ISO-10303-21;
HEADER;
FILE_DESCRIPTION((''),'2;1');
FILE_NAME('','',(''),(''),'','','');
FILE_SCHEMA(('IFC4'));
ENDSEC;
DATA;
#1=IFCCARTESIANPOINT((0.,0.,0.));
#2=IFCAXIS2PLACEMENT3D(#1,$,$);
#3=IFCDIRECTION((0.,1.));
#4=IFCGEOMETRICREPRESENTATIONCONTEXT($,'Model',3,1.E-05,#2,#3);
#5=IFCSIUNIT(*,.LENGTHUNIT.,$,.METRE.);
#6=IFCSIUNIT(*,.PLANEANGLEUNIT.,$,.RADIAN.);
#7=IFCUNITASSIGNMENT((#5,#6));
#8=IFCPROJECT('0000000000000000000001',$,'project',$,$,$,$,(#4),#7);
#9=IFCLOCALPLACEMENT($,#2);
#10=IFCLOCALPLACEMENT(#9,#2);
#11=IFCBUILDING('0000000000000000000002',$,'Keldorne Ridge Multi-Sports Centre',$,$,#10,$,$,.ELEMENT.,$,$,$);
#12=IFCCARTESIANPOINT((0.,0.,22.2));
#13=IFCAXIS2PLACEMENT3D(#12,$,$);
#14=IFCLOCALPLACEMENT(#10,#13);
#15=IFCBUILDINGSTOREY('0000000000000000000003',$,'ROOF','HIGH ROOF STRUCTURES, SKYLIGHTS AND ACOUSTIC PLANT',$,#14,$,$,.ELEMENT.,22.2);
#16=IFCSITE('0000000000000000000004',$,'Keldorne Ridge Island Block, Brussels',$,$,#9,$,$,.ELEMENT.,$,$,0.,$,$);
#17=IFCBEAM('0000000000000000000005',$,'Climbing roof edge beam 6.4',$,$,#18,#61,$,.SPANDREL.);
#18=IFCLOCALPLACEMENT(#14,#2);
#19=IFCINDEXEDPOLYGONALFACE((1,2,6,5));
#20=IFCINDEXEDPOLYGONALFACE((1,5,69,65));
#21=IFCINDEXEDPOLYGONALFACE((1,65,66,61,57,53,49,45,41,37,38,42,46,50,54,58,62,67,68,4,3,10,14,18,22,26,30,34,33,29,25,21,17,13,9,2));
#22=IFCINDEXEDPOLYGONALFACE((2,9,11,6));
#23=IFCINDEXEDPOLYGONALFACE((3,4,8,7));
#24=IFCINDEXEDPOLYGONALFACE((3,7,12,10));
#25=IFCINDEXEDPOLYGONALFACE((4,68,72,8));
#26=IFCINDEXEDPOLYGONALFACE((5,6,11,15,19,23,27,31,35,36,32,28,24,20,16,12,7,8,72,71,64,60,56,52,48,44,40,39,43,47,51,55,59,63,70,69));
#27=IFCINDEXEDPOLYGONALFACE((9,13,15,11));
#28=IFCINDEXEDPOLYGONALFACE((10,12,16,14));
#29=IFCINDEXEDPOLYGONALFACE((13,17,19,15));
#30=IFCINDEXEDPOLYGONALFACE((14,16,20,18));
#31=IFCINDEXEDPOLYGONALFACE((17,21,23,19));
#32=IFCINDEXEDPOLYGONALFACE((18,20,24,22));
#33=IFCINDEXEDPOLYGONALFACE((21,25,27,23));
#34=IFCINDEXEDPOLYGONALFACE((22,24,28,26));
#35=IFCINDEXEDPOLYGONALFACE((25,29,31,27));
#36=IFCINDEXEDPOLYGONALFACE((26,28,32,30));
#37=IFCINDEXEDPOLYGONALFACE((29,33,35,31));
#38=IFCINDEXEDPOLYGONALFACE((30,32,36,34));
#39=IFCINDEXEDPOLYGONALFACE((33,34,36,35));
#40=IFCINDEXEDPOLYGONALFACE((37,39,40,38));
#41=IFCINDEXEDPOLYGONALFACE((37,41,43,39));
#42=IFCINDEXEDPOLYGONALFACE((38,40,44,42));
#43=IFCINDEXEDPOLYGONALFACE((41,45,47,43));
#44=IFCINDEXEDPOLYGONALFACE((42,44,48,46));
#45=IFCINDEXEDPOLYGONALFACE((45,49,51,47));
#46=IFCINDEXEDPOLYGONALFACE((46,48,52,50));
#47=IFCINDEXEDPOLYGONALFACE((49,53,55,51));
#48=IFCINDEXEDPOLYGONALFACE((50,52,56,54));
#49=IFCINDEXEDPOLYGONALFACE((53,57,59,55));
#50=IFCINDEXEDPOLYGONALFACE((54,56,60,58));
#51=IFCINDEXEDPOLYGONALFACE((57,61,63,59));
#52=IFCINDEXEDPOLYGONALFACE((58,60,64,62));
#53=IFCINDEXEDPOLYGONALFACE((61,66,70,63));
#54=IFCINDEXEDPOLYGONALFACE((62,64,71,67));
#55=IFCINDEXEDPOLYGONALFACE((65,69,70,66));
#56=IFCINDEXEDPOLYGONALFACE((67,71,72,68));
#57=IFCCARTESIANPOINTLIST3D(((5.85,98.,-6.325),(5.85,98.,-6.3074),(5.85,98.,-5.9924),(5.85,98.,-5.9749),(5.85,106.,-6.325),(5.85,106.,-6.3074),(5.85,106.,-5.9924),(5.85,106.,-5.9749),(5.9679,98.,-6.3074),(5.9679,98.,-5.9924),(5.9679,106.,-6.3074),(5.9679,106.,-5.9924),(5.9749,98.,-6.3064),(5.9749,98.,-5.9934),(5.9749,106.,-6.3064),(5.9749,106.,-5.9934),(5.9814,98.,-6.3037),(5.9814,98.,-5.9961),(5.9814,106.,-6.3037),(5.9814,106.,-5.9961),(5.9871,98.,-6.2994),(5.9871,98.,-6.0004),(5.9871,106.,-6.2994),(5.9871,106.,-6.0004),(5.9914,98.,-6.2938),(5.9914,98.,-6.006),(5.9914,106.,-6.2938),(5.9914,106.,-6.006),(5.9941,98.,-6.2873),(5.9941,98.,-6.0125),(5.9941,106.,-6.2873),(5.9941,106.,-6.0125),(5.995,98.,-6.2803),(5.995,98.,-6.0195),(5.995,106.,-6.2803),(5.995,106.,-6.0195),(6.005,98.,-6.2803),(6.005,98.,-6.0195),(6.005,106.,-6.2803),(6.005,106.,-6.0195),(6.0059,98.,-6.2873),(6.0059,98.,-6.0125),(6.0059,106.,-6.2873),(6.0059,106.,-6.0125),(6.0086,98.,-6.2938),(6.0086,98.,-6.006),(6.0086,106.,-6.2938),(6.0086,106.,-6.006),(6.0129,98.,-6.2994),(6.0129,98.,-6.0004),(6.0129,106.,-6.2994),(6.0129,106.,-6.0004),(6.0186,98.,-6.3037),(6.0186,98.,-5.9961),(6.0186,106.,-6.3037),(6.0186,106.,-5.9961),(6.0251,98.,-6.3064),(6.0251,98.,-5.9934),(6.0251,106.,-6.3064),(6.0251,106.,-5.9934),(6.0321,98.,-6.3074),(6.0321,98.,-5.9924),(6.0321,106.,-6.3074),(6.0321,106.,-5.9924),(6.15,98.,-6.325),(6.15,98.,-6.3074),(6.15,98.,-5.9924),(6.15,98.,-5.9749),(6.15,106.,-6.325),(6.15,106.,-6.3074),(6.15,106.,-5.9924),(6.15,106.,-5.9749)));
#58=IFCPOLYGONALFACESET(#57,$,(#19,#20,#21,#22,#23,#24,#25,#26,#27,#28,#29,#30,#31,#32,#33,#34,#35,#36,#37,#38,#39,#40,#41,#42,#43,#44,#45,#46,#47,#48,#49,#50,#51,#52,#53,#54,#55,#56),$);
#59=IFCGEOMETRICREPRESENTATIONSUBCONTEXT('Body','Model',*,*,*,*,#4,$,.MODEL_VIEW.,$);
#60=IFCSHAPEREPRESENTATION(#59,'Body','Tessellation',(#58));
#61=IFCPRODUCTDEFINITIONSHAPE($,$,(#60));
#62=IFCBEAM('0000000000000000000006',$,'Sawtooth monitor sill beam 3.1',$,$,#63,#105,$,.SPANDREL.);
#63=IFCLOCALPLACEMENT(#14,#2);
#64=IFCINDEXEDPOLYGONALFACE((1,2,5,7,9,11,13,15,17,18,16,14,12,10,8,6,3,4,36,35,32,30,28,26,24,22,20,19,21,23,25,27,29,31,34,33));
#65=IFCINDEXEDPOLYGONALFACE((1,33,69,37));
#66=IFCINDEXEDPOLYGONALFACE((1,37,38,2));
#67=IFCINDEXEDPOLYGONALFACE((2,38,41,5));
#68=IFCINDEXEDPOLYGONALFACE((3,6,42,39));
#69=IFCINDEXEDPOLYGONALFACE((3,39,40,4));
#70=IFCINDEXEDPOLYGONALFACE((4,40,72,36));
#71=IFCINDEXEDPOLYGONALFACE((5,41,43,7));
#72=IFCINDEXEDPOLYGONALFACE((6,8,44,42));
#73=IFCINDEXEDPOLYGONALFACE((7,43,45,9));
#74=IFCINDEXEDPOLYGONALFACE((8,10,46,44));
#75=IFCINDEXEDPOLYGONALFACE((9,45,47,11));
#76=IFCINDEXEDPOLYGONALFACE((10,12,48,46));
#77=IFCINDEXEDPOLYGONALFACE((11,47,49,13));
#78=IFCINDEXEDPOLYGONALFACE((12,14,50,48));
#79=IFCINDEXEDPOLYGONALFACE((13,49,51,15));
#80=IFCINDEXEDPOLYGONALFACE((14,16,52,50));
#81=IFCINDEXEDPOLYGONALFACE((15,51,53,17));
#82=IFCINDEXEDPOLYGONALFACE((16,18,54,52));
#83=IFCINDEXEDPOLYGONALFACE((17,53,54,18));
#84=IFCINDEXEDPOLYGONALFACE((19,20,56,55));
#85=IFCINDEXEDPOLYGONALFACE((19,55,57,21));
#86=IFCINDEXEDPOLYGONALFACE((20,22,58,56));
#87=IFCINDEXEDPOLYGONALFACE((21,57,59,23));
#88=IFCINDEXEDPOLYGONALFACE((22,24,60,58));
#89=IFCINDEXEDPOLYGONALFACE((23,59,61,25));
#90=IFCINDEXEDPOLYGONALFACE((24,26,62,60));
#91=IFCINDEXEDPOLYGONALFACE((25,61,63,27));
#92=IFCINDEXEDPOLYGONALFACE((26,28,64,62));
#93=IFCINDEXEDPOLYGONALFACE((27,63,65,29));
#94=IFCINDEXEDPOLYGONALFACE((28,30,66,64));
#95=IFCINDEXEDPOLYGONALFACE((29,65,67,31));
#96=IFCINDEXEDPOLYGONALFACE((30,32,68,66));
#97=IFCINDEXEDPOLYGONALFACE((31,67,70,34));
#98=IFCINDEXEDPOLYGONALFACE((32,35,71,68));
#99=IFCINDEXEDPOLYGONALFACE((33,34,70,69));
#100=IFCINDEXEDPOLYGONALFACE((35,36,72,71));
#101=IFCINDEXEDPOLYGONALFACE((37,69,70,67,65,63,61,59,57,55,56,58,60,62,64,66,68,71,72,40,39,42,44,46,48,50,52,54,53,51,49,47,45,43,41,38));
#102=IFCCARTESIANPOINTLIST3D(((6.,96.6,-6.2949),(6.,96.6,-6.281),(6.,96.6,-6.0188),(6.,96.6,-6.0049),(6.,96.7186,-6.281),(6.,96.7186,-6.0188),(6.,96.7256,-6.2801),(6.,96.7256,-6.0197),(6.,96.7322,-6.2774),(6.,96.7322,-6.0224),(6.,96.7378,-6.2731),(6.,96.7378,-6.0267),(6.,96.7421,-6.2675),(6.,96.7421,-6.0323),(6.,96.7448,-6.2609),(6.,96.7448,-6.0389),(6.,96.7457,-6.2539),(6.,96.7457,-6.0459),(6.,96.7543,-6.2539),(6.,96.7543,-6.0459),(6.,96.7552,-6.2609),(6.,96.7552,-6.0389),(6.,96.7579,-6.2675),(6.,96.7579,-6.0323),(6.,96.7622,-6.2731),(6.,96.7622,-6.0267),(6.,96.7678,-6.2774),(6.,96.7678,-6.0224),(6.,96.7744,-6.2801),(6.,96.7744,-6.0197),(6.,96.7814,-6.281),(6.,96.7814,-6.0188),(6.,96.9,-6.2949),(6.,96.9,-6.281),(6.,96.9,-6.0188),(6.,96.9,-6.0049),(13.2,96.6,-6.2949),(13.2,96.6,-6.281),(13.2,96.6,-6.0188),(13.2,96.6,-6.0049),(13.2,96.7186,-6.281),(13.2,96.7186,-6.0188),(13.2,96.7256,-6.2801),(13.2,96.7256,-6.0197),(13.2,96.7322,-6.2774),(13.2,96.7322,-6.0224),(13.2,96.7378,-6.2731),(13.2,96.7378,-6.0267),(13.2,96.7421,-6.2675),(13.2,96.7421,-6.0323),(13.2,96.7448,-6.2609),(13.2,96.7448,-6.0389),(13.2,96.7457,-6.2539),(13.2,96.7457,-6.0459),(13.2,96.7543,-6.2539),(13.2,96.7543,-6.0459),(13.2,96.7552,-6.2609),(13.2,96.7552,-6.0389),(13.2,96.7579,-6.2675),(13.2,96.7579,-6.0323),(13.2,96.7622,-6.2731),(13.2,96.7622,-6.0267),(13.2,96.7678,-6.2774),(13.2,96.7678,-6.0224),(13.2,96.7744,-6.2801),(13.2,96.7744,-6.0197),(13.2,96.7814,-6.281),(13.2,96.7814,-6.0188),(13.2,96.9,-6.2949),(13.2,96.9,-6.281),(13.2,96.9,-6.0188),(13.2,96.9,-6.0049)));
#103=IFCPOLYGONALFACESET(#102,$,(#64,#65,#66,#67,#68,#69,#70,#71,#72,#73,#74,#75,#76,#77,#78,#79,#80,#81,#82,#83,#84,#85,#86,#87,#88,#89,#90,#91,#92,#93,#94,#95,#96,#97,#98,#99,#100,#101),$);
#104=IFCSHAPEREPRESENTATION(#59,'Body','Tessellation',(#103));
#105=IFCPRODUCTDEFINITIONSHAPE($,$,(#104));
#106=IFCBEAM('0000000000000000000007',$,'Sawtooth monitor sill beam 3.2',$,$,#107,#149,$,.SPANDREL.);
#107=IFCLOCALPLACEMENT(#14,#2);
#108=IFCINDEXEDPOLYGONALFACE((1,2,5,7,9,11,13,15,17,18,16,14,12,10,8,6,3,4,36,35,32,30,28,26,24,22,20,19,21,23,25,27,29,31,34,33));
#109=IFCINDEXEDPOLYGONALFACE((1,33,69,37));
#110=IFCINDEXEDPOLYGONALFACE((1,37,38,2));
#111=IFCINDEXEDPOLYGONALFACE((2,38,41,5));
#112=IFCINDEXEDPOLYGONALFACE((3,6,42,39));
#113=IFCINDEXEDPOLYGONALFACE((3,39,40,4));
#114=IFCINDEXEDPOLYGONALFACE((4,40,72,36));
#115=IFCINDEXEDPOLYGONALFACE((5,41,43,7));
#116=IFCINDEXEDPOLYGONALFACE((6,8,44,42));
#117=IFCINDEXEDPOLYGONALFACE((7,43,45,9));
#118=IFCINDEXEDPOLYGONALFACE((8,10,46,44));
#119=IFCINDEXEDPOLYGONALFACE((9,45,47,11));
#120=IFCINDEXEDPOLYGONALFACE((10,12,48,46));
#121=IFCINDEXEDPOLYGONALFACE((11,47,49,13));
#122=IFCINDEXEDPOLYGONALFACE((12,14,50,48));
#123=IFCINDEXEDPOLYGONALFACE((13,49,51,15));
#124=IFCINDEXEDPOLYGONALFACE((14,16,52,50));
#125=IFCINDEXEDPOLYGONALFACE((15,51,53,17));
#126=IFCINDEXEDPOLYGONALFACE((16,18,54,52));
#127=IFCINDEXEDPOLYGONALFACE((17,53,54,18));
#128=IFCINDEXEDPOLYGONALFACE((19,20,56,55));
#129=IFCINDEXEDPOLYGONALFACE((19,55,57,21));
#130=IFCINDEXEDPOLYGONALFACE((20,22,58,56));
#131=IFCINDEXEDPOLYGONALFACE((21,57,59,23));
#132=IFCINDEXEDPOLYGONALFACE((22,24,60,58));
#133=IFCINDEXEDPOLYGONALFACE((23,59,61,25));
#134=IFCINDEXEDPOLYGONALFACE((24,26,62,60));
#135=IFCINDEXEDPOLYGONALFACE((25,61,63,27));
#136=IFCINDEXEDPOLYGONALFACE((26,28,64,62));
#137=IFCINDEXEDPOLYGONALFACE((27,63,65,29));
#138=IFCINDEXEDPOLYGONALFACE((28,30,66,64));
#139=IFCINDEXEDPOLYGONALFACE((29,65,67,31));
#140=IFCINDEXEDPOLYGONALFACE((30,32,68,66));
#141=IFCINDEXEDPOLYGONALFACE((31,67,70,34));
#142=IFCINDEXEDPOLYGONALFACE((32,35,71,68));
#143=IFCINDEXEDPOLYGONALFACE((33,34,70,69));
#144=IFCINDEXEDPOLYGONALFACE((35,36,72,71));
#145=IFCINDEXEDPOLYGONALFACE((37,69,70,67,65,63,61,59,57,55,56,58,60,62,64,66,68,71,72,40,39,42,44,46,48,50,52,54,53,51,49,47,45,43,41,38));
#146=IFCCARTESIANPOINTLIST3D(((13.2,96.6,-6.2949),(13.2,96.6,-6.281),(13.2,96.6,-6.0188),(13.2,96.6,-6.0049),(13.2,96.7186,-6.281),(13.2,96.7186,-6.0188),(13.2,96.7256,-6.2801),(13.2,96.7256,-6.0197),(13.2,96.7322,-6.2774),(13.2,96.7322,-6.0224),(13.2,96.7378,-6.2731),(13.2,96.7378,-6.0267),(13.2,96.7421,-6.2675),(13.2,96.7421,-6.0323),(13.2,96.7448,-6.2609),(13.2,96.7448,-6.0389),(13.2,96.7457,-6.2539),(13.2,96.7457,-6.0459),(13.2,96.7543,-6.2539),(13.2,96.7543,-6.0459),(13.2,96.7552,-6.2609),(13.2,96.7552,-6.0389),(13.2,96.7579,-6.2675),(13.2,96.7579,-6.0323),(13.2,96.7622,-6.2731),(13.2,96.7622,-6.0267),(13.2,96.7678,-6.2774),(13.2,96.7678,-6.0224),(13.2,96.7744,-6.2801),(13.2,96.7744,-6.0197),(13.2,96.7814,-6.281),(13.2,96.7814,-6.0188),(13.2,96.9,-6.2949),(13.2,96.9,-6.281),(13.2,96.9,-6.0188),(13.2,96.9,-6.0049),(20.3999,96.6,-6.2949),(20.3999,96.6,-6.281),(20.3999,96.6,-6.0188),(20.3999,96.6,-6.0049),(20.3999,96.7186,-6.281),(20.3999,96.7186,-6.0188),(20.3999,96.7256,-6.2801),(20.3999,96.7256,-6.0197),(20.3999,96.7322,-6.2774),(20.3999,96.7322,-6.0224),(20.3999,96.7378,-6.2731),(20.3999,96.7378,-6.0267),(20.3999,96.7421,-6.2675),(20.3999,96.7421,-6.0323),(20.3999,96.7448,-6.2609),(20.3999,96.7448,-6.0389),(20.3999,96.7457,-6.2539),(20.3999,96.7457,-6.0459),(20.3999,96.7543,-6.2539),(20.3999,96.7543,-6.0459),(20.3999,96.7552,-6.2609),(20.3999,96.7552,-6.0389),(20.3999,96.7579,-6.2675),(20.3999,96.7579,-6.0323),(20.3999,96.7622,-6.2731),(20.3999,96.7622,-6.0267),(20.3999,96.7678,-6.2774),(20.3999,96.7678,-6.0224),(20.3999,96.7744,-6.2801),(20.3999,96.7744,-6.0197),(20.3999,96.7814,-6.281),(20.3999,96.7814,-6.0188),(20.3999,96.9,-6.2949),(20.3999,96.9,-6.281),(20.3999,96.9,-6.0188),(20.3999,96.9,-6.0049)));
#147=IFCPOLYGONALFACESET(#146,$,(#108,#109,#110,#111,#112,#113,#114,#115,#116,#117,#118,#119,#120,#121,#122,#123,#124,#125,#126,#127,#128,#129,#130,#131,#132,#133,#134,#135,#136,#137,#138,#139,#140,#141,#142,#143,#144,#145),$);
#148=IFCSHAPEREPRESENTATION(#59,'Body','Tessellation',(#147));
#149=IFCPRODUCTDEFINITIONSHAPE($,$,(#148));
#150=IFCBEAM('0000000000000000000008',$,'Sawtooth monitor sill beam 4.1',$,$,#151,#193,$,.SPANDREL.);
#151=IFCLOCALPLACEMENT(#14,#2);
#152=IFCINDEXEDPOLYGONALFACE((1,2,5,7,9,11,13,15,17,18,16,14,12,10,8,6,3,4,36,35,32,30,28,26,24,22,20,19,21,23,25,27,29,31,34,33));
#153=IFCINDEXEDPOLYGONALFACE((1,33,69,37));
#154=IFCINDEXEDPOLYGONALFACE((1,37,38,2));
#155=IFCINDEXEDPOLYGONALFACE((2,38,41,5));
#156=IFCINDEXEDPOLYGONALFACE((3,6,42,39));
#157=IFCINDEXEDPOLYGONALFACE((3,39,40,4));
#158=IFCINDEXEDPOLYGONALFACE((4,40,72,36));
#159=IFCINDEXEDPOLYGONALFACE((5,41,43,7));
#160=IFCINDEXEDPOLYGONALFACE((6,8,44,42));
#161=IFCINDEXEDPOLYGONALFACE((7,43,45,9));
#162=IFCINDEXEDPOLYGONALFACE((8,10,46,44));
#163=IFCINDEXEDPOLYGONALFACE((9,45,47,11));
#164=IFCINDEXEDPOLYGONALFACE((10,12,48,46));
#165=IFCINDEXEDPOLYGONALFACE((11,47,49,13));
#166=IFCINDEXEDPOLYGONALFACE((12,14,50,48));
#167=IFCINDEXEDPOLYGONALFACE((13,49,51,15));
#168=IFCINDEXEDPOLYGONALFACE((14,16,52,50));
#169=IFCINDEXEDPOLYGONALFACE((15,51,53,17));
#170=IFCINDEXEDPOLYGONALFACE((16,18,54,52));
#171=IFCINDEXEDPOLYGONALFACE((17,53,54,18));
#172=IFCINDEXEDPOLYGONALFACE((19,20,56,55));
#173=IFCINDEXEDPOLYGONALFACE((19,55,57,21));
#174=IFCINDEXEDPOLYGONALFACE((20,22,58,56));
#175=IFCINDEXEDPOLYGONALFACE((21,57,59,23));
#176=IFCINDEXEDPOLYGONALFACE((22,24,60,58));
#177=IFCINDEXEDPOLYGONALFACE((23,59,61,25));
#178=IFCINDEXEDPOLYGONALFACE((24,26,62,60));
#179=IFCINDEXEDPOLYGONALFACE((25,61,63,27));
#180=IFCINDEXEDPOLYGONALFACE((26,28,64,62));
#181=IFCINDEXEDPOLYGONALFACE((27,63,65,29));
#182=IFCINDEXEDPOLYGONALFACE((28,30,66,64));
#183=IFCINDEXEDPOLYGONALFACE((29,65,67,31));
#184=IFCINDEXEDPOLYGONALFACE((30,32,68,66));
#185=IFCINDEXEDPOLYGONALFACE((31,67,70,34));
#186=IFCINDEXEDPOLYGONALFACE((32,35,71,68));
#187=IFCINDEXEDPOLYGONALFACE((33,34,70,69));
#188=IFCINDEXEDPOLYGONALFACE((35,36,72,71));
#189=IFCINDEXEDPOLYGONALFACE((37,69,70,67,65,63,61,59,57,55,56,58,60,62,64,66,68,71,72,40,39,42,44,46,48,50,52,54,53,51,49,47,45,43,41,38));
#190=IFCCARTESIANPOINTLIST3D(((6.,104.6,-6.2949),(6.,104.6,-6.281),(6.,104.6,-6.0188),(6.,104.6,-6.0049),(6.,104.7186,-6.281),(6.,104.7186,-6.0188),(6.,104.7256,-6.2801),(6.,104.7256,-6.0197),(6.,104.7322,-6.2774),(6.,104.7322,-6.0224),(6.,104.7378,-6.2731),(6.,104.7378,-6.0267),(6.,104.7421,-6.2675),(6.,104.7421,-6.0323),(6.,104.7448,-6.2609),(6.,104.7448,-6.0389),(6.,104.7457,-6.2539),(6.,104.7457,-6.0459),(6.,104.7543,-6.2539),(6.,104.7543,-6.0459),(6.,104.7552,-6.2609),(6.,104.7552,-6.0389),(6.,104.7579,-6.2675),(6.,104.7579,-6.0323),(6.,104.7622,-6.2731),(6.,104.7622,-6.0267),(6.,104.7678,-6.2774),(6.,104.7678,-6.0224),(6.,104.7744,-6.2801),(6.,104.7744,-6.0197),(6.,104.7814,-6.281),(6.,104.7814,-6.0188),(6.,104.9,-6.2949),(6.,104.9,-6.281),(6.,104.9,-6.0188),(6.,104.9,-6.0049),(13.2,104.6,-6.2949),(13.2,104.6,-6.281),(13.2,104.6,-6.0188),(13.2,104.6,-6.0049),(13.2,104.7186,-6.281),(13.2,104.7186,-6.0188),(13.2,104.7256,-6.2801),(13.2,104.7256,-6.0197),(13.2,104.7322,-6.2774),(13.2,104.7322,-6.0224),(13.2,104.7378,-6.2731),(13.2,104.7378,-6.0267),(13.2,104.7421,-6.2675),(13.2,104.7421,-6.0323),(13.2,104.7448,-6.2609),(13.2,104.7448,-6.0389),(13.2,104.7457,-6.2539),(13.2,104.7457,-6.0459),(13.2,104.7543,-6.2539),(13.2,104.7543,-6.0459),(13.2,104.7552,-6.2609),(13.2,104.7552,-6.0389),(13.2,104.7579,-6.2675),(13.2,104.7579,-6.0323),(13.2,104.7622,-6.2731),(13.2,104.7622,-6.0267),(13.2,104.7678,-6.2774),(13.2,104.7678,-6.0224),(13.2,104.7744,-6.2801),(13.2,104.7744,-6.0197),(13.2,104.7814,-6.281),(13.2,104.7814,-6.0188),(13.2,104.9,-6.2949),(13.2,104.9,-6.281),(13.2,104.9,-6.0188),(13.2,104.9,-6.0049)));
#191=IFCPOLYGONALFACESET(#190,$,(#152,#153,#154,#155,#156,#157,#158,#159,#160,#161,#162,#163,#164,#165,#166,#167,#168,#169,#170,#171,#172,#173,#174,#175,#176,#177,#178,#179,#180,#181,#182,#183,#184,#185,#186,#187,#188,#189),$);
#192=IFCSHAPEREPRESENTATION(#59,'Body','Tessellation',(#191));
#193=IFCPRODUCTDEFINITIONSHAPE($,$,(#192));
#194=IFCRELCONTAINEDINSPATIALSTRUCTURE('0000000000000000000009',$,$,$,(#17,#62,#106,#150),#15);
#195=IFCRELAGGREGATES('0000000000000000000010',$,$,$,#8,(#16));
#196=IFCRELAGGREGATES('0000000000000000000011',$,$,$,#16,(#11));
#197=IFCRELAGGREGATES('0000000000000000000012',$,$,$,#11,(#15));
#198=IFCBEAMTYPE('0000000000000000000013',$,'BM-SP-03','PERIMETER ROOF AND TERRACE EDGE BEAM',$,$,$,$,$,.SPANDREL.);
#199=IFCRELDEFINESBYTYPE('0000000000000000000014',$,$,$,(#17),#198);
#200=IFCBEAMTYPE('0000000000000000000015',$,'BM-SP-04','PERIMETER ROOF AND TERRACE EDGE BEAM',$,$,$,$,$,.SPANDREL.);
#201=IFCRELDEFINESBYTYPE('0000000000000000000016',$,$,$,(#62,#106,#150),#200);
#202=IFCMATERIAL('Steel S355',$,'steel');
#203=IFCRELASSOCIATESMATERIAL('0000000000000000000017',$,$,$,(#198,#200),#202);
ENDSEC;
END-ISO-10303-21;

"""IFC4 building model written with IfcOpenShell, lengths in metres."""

from ifc_helpers import new_model, si_unit, direction, frame, origin, origin_2d, place, context, subcontext, project, spatial, i_section, extrude, material, material_profile, profile_set, type_object, element, save


model = new_model("IFC4")

# Units and contexts
model_context = context("Model", 3, precision=1e-05, world=origin(), true_north=direction((0.0, 1.0)))
body_context = subcontext(model_context, "Body", "Model", "MODEL_VIEW")
ifc_project = project(units=[si_unit("LENGTHUNIT", "METRE"), si_unit("PLANEANGLEUNIT", "RADIAN")], contexts=[model_context])

# Site, building, storey
site_placement = place(None, origin())
site = spatial("IfcSite", under=ifc_project, at=site_placement, Name="Keldorne Ridge Island Block, Brussels", CompositionType="ELEMENT", RefElevation=0.0)
building_placement = place(site_placement, origin())
building = spatial("IfcBuilding", under=site, at=building_placement, Name="Keldorne Ridge Multi-Sports Centre", CompositionType="ELEMENT")
storey_placement = place(building_placement, frame((0.0, 0.0, 22.2)))
storey = spatial("IfcBuildingStorey", under=building, at=storey_placement, Name="ROOF", Description="HIGH ROOF STRUCTURES, SKYLIGHTS AND ACOUSTIC PLANT", CompositionType="ELEMENT", Elevation=22.2)

# Beams
ifc_material_1 = material(Name="Steel S355", Category="steel")
ifc_material_profile_1 = material_profile(ifc_material_1, i_section(OverallWidth=0.3, OverallDepth=0.3501, WebThickness=0.01, FlangeThickness=0.0176, FilletRadius=0.0271, at=origin_2d()), Name="HEA 360")
ifc_profile_set_1 = profile_set([ifc_material_profile_1], Name="Steel S355")
beam_type_1 = type_object("IfcBeamType", Name="BM-SP-03", Description="PERIMETER ROOF AND TERRACE EDGE BEAM", PredefinedType="SPANDREL", material=ifc_profile_set_1)
beam_placement = place(storey_placement, frame((6.0, 98.0, -6.1499), z_axis=(0.0, 1.0, 0.0), x_axis=(-1.0, 0.0, 0.0)))
element("IfcBeam", 1, at=beam_placement, inside=storey, type_object=beam_type_1, Name="Climbing roof edge beam 6.4", PredefinedType="SPANDREL", context=body_context, shape_type="SweptSolid", body=[
    extrude(i_section(OverallWidth=0.3, OverallDepth=0.3501, WebThickness=0.01, FlangeThickness=0.0176, FilletRadius=0.0271, at=origin_2d()), origin(), (0.0, 0.0, 1.0), 8.0),
])
ifc_material_profile_2 = material_profile(ifc_material_1, i_section(OverallWidth=0.3, OverallDepth=0.29, WebThickness=0.0085, FlangeThickness=0.0139, FilletRadius=0.0271, at=origin_2d()), Name="HEA 300")
ifc_profile_set_2 = profile_set([ifc_material_profile_2], Name="Steel S355")
beam_type_2 = type_object("IfcBeamType", Name="BM-SP-04", Description="PERIMETER ROOF AND TERRACE EDGE BEAM", PredefinedType="SPANDREL", material=ifc_profile_set_2)
for number, where, z_axis, x_axis, name in (
    (2, (6.0, 96.75, -6.1499), (1.0, 0.0, 0.0), (0.0, 1.0, 0.0), "Sawtooth monitor sill beam 3.1"),
    (3, (13.2, 96.75, -6.1499), (1.0, 0.0, 0.0), (0.0, 1.0, 0.0), "Sawtooth monitor sill beam 3.2"),
    (4, (6.0, 104.75, -6.1499), (1.0, 0.0, 0.0), (0.0, 1.0, 0.0), "Sawtooth monitor sill beam 4.1"),
):
    element("IfcBeam", number, at=place(storey_placement, frame(where, z_axis=z_axis, x_axis=x_axis)), inside=storey, type_object=beam_type_2, Name=name, PredefinedType="SPANDREL", context=body_context, shape_type="SweptSolid", body=[
        extrude(i_section(OverallWidth=0.3, OverallDepth=0.29, WebThickness=0.0085, FlangeThickness=0.0139, FilletRadius=0.0271, at=origin_2d()), origin(), (0.0, 0.0, 1.0), 7.2),
    ])

save(model, "model.ifc")
